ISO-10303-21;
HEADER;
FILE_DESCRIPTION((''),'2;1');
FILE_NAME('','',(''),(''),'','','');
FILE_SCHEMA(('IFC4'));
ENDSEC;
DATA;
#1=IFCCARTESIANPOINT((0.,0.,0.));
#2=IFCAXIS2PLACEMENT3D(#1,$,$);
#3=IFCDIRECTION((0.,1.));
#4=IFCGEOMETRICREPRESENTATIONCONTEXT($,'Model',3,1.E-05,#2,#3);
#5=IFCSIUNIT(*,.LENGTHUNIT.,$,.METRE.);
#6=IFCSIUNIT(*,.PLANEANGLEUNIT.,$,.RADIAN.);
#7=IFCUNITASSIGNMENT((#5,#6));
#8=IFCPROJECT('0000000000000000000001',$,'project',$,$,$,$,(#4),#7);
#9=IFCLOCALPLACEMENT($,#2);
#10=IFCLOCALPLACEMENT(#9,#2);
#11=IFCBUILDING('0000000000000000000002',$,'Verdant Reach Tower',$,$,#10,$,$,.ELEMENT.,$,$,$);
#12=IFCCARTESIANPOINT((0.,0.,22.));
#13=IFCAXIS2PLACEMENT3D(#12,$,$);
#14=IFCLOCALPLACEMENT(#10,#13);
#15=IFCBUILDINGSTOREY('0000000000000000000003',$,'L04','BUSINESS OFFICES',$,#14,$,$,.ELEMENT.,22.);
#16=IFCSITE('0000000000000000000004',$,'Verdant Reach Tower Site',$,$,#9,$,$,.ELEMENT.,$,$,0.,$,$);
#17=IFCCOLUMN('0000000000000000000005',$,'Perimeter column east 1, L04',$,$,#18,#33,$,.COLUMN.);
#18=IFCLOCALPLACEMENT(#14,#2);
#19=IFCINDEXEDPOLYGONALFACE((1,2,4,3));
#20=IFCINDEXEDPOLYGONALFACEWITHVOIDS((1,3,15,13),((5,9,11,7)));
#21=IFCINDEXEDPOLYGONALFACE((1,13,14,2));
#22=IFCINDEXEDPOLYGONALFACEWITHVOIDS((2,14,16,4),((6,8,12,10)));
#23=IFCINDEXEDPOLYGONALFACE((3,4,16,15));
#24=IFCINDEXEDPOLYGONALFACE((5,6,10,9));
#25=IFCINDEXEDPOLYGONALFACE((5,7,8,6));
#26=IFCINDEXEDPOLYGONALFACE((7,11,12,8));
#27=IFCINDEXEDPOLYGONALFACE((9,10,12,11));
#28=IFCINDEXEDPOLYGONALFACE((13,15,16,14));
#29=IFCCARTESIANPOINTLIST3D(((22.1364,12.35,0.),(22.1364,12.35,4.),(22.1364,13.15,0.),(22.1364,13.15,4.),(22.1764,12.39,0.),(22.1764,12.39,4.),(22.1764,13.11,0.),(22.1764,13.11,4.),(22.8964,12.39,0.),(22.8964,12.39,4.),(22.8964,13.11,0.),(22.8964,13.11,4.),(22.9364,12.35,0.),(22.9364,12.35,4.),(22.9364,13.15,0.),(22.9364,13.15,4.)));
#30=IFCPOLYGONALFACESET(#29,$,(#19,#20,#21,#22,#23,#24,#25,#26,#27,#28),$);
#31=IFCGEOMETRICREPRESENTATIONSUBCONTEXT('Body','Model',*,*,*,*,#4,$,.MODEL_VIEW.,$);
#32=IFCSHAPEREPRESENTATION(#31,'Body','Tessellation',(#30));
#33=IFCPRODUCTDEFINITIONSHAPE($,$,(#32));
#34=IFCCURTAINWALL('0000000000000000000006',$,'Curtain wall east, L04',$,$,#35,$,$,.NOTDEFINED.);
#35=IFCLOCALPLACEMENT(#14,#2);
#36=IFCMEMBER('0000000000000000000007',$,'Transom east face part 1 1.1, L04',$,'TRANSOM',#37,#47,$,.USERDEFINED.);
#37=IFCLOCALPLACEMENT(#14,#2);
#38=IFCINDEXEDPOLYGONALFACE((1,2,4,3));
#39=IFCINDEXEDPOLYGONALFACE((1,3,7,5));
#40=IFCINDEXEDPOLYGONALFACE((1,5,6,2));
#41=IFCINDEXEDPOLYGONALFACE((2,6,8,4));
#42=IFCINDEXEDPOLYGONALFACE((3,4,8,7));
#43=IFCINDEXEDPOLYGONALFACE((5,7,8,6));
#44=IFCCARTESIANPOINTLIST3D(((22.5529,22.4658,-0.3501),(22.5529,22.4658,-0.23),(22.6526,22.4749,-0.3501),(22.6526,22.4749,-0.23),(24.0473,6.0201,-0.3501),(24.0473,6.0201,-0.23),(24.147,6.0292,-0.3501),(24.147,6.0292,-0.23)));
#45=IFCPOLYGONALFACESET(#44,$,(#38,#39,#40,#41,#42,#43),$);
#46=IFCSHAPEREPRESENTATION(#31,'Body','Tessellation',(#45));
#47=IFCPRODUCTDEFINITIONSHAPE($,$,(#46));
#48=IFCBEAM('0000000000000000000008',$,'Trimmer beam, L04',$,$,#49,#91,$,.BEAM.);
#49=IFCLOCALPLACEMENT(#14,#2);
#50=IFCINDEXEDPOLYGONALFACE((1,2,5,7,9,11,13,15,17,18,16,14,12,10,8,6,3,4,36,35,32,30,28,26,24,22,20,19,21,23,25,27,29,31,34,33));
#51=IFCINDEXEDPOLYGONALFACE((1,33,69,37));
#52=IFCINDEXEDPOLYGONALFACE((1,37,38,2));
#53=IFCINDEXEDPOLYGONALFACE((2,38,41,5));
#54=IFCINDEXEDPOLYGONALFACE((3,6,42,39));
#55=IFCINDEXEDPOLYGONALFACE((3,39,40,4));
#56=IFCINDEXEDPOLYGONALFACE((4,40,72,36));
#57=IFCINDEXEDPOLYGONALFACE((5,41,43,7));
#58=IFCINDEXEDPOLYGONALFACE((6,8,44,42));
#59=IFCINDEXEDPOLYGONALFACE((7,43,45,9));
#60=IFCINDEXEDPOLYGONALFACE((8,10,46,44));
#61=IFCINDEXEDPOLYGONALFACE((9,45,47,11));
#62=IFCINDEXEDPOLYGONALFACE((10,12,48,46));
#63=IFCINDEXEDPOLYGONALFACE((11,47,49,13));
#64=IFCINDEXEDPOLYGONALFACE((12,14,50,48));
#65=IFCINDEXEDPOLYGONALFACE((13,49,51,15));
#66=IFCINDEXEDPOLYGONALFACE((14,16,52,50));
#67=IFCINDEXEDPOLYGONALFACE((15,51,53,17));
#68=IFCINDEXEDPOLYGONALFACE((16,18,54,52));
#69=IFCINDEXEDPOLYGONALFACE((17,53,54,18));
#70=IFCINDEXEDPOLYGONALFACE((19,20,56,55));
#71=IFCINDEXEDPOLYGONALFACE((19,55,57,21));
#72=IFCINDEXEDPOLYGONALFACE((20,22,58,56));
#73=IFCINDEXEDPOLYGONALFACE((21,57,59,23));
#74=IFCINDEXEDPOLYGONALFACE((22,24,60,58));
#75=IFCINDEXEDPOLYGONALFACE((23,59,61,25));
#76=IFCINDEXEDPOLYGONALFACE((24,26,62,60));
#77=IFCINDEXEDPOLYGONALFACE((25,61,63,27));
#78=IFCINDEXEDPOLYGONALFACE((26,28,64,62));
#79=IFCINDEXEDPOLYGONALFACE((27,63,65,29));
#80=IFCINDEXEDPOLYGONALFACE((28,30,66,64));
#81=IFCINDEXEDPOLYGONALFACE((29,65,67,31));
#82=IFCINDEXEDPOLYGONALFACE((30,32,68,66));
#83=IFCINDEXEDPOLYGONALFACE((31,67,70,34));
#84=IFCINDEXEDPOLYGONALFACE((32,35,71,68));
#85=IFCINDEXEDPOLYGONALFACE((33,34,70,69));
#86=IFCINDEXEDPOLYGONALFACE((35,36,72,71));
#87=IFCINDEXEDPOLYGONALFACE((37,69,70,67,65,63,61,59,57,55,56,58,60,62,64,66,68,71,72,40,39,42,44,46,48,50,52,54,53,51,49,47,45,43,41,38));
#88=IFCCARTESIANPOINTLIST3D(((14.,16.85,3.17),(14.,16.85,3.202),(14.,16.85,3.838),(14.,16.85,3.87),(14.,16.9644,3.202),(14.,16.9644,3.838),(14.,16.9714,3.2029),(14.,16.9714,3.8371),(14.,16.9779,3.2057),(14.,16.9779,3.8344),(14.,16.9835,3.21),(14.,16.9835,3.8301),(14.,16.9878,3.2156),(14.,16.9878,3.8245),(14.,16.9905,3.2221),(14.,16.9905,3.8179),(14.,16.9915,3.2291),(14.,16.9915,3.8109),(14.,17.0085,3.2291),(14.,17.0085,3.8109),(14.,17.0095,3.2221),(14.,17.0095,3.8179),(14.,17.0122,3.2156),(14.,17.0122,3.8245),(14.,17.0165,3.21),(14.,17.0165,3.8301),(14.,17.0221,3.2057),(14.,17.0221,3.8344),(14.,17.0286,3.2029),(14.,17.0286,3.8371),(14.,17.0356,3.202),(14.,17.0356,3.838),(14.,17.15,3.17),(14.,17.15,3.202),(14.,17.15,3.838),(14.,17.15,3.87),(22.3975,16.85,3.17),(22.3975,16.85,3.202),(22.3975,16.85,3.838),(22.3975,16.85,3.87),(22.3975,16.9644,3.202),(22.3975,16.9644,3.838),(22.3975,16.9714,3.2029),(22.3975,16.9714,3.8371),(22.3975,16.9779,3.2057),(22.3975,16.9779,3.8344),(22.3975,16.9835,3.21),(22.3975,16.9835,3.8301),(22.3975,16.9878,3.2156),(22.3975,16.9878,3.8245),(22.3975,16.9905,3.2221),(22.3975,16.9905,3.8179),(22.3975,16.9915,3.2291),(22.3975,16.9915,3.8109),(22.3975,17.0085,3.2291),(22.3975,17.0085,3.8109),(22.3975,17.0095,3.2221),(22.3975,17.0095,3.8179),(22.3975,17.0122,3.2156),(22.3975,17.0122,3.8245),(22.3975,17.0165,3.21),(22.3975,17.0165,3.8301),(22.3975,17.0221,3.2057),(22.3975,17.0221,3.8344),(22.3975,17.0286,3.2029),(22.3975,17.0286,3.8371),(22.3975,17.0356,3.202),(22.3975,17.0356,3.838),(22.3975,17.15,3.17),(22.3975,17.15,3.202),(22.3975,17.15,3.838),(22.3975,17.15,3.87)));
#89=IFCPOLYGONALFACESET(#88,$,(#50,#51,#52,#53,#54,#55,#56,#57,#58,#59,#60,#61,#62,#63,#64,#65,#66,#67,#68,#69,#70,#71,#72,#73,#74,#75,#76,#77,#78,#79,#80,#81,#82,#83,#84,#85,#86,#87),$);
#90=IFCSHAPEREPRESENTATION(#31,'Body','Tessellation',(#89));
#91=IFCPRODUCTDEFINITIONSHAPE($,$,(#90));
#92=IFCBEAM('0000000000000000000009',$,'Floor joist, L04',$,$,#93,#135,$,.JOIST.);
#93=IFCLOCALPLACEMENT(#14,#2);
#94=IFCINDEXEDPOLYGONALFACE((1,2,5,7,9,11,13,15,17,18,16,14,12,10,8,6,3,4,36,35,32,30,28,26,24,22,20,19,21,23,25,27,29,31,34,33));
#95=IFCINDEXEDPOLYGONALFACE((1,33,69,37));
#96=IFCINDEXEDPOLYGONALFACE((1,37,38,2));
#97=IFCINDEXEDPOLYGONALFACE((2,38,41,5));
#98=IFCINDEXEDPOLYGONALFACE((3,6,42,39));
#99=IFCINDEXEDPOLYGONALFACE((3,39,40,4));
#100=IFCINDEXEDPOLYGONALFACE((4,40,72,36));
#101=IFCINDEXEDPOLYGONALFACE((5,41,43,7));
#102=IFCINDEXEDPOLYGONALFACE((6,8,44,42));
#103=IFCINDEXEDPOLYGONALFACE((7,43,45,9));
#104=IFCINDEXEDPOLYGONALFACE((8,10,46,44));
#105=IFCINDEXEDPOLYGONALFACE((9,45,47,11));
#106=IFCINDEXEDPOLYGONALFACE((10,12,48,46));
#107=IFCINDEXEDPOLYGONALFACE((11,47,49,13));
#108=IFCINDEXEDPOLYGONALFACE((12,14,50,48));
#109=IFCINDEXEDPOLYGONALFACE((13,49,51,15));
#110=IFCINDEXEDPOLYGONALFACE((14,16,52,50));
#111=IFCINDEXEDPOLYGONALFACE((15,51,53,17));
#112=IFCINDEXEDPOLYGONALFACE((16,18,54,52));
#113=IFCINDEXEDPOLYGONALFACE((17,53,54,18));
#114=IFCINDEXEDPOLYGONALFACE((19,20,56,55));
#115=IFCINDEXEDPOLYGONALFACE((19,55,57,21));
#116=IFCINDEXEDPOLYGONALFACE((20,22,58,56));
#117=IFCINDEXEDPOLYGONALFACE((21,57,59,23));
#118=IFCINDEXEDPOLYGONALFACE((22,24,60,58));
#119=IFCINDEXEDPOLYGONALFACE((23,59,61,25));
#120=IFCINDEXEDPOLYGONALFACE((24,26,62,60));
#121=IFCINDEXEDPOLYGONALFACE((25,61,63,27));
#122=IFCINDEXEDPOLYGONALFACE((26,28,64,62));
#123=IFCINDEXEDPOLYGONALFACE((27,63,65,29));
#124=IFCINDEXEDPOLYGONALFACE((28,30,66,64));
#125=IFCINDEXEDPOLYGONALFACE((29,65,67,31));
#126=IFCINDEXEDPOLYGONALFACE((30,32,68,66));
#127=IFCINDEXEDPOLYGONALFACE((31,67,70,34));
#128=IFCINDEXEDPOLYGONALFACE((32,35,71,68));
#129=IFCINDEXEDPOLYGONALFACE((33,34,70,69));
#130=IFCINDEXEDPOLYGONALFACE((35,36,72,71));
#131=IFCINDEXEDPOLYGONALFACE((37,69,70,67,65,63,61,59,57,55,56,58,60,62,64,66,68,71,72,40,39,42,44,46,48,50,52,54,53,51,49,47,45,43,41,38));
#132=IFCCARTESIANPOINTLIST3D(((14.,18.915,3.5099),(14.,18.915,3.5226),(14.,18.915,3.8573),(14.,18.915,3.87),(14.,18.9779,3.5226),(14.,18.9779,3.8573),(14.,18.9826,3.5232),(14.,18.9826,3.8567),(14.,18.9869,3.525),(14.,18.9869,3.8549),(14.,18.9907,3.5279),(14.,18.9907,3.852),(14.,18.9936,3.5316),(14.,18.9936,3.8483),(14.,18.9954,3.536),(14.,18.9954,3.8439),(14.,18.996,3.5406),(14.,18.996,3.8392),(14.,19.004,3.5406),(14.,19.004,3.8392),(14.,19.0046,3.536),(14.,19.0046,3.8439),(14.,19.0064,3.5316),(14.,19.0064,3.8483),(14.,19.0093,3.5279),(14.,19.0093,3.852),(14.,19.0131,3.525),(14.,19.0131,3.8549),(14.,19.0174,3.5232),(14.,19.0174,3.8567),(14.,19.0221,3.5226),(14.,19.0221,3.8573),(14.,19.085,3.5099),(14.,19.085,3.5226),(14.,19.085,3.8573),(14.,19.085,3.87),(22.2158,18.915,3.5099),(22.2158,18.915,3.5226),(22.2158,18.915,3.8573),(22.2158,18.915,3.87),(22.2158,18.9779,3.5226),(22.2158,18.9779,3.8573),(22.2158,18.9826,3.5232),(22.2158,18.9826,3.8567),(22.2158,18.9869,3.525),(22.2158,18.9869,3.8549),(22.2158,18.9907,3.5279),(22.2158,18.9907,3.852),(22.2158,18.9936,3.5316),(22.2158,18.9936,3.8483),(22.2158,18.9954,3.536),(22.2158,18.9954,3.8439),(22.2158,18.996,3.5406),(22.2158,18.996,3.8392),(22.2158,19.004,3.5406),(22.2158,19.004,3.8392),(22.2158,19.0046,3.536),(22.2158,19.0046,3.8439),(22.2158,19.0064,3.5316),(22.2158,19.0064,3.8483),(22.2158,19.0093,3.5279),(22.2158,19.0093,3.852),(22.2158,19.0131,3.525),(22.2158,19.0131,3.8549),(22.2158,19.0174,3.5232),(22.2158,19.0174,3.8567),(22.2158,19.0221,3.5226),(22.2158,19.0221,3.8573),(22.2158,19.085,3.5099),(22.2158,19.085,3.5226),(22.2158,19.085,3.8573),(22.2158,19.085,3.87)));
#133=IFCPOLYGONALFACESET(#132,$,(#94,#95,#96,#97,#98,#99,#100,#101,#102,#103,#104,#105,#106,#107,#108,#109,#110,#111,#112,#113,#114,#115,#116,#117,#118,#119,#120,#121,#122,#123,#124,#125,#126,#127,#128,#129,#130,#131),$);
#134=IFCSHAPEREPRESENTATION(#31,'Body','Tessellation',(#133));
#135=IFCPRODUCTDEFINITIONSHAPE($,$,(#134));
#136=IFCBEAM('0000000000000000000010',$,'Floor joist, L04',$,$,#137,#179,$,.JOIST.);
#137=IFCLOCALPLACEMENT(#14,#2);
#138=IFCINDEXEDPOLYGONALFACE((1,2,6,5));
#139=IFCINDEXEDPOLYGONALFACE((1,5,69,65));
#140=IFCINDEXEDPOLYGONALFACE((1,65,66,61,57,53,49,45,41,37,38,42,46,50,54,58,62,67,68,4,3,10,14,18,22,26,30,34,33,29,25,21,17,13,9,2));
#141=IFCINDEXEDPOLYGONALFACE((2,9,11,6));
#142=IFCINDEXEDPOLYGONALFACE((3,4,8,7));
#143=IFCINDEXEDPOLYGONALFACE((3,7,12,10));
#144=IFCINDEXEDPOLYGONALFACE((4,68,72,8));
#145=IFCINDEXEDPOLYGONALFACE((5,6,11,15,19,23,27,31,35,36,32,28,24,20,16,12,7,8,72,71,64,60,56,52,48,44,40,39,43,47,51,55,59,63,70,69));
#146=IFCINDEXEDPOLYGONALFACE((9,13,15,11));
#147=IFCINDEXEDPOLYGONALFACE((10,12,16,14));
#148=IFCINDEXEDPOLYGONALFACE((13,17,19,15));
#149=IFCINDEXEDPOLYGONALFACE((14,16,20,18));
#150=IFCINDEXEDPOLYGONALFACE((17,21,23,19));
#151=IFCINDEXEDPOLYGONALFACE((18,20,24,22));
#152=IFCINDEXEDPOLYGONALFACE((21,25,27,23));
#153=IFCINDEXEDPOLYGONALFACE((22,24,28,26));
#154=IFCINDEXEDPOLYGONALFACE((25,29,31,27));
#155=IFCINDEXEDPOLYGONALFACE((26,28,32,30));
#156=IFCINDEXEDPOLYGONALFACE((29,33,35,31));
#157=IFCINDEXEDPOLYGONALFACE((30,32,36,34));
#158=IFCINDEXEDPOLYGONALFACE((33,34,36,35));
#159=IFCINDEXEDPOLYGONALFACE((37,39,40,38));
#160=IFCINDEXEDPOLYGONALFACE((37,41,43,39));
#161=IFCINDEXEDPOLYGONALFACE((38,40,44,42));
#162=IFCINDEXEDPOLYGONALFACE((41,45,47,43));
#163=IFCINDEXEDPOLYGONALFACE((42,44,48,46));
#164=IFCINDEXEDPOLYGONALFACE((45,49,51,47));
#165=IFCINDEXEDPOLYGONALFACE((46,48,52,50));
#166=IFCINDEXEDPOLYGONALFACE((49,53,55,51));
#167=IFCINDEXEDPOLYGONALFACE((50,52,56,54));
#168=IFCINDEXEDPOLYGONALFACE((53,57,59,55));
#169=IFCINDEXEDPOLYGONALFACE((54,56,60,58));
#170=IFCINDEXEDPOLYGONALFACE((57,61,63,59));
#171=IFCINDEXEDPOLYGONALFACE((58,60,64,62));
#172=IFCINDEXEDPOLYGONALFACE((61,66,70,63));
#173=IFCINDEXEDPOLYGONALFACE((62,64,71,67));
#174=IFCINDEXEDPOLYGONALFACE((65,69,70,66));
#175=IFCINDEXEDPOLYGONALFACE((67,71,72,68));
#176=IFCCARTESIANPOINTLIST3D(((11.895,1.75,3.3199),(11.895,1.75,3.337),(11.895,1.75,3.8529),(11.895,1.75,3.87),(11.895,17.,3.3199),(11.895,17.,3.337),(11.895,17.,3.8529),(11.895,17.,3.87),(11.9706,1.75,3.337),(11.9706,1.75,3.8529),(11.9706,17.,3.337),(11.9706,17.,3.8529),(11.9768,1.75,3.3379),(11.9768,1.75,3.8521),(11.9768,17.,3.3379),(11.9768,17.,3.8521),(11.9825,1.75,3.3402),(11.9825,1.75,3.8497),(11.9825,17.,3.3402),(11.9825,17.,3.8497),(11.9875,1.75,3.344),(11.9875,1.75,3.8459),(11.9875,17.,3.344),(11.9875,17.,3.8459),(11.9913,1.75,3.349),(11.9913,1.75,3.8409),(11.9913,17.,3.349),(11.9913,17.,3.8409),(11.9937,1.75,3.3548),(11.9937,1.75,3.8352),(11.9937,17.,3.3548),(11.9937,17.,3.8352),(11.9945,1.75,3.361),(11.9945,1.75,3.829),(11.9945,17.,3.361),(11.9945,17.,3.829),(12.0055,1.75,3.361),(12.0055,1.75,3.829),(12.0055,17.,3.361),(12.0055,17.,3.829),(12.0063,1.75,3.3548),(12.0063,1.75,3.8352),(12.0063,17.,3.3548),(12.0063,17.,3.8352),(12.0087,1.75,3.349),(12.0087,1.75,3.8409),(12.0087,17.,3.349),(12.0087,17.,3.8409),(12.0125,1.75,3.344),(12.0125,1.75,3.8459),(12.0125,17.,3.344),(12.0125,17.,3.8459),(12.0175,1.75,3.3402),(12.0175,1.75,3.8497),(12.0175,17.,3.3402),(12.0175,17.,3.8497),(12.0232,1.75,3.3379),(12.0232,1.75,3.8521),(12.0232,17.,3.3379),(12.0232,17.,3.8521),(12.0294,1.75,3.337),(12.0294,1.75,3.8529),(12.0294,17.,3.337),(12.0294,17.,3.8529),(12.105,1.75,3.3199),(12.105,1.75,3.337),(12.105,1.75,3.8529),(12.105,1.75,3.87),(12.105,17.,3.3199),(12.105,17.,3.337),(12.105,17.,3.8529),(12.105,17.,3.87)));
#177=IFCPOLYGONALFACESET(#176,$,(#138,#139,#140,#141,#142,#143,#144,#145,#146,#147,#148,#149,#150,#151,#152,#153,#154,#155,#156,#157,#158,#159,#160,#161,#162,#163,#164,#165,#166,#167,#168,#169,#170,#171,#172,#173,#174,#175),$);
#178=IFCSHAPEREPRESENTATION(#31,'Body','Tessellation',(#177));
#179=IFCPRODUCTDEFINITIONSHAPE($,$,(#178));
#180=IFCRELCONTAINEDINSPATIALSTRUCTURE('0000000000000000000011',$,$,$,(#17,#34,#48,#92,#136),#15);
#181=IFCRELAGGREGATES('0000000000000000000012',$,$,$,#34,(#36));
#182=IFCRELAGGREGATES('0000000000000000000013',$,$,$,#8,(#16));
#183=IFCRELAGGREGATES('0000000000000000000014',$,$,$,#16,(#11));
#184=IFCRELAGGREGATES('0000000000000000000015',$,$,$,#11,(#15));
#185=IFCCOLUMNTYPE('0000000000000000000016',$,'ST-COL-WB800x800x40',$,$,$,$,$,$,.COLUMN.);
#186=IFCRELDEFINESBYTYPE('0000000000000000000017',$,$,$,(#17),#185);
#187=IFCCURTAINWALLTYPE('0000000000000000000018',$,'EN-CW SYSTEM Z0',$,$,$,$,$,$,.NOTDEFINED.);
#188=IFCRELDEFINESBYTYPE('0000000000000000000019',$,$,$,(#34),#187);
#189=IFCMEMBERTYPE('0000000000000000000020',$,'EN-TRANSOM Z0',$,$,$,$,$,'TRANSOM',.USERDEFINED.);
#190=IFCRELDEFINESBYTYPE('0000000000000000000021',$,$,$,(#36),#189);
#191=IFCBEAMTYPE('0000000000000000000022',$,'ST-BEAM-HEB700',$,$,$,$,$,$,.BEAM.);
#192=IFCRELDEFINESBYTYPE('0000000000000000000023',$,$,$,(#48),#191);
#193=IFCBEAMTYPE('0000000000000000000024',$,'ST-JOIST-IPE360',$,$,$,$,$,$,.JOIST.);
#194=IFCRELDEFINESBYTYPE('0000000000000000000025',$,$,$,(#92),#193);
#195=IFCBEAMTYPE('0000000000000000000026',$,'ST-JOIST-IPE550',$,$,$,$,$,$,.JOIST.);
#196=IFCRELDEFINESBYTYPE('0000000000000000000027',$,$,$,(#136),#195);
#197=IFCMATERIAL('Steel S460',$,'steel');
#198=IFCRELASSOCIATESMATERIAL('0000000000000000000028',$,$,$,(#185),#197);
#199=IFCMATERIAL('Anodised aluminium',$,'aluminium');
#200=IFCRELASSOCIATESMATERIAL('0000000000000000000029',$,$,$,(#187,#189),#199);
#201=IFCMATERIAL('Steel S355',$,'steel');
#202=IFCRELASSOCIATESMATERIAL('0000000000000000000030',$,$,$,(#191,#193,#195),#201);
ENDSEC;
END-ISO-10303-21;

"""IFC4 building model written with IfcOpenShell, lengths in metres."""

from ifc_helpers import new_model, si_unit, direction, frame, origin, origin_2d, place, context, subcontext, project, spatial, rectangle, hollow_rectangle, i_section, extrude, material, material_profile, profile_set, type_object, element, aggregate, save


model = new_model("IFC4")

# Units and contexts
model_context = context("Model", 3, precision=1e-05, world=origin(), true_north=direction((0.0, 1.0)))
body_context = subcontext(model_context, "Body", "Model", "MODEL_VIEW")
ifc_project = project(units=[si_unit("LENGTHUNIT", "METRE"), si_unit("PLANEANGLEUNIT", "RADIAN")], contexts=[model_context])

# Site, building, storey
site_placement = place(None, origin())
site = spatial("IfcSite", under=ifc_project, at=site_placement, Name="Verdant Reach Tower Site", CompositionType="ELEMENT", RefElevation=0.0)
building_placement = place(site_placement, origin())
building = spatial("IfcBuilding", under=site, at=building_placement, Name="Verdant Reach Tower", CompositionType="ELEMENT")
storey_placement = place(building_placement, frame((0.0, 0.0, 22.0)))
storey = spatial("IfcBuildingStorey", under=building, at=storey_placement, Name="L04", Description="BUSINESS OFFICES", CompositionType="ELEMENT", Elevation=22.0)

# Column
ifc_material_1 = material(Name="Steel S460", Category="steel")
ifc_material_profile_1 = material_profile(ifc_material_1, hollow_rectangle(XDim=0.8, YDim=0.8, WallThickness=0.04, at=origin_2d()), Name="WB 800x800x40")
ifc_profile_set_1 = profile_set([ifc_material_profile_1], Name="Steel S460")
column_type = type_object("IfcColumnType", Name="ST-COL-WB800x800x40", PredefinedType="COLUMN", material=ifc_profile_set_1)
column_placement = place(storey_placement, frame((22.5364, 12.75, 0.0), z_axis=(0.0, 0.0, 1.0), x_axis=(1.0, 0.0, 0.0)))
element("IfcColumn", 1, at=column_placement, inside=storey, type_object=column_type, Name="Perimeter column east 1, L04", PredefinedType="COLUMN", context=body_context, shape_type="SweptSolid", body=[
    extrude(hollow_rectangle(XDim=0.8, YDim=0.8, WallThickness=0.04, at=origin_2d()), origin(), (0.0, 0.0, 1.0), 4.0),
])

# Curtain wall, member
ifc_material_2 = material(Name="Anodised aluminium", Category="aluminium")
curtain_wall_type = type_object("IfcCurtainWallType", Name="EN-CW SYSTEM Z0", PredefinedType="NOTDEFINED", material=ifc_material_2)
curtain_wall_placement = place(storey_placement, origin())
curtain_wall = element("IfcCurtainWall", 2, at=curtain_wall_placement, inside=storey, type_object=curtain_wall_type, Name="Curtain wall east, L04", PredefinedType="NOTDEFINED")
ifc_material_profile_2 = material_profile(ifc_material_2, rectangle(XDim=0.1001, YDim=0.1201, at=origin_2d()), Name="Transom 120x100")
ifc_profile_set_2 = profile_set([ifc_material_profile_2], Name="Anodised aluminium")
member_type = type_object("IfcMemberType", Name="EN-TRANSOM Z0", ElementType="TRANSOM", PredefinedType="USERDEFINED", material=ifc_profile_set_2)
member_placement = place(storey_placement, frame((24.0972, 6.0247, -0.29), z_axis=(-0.090496, 0.995897, 0.0), x_axis=(-0.995897, -0.090496, 0.0)))
member = element("IfcMember", 3, at=member_placement, type_object=member_type, Name="Transom east face part 1 1.1, L04", ObjectType="TRANSOM", PredefinedType="USERDEFINED", context=body_context, shape_type="SweptSolid", body=[
    extrude(rectangle(XDim=0.1001, YDim=0.1201, at=origin_2d()), origin(), (0.0, 0.0, 1.0), 16.5134),
])

# Beams
ifc_material_3 = material(Name="Steel S355", Category="steel")
ifc_material_profile_3 = material_profile(ifc_material_3, i_section(OverallWidth=0.3, OverallDepth=0.7, WebThickness=0.0171, FlangeThickness=0.032, FilletRadius=0.0271, at=origin_2d()), Name="HEB 700")
ifc_profile_set_3 = profile_set([ifc_material_profile_3], Name="Steel S355")
beam_type_1 = type_object("IfcBeamType", Name="ST-BEAM-HEB700", PredefinedType="BEAM", material=ifc_profile_set_3)
beam_1_placement = place(storey_placement, frame((14.0, 17.0, 3.52), z_axis=(1.0, 0.0, 0.0), x_axis=(0.0, 1.0, 0.0)))
element("IfcBeam", 4, at=beam_1_placement, inside=storey, type_object=beam_type_1, Name="Trimmer beam, L04", PredefinedType="BEAM", context=body_context, shape_type="SweptSolid", body=[
    extrude(i_section(OverallWidth=0.3, OverallDepth=0.7, WebThickness=0.0171, FlangeThickness=0.032, FilletRadius=0.0271, at=origin_2d()), origin(), (0.0, 0.0, 1.0), 8.3975),
])
ifc_material_profile_4 = material_profile(ifc_material_3, i_section(OverallWidth=0.1699, OverallDepth=0.3601, WebThickness=0.0081, FlangeThickness=0.0127, FilletRadius=0.0181, at=origin_2d()), Name="IPE 360")
ifc_profile_set_4 = profile_set([ifc_material_profile_4], Name="Steel S355")
beam_type_2 = type_object("IfcBeamType", Name="ST-JOIST-IPE360", PredefinedType="JOIST", material=ifc_profile_set_4)
beam_2_placement = place(storey_placement, frame((14.0, 19.0, 3.6899), z_axis=(1.0, 0.0, 0.0), x_axis=(0.0, 1.0, 0.0)))
element("IfcBeam", 5, at=beam_2_placement, inside=storey, type_object=beam_type_2, Name="Floor joist, L04", PredefinedType="JOIST", context=body_context, shape_type="SweptSolid", body=[
    extrude(i_section(OverallWidth=0.1699, OverallDepth=0.3601, WebThickness=0.0081, FlangeThickness=0.0127, FilletRadius=0.0181, at=origin_2d()), origin(), (0.0, 0.0, 1.0), 8.2158),
])
ifc_material_profile_5 = material_profile(ifc_material_3, i_section(OverallWidth=0.21, OverallDepth=0.55, WebThickness=0.011, FlangeThickness=0.0171, FilletRadius=0.0239, at=origin_2d()), Name="IPE 550")
ifc_profile_set_5 = profile_set([ifc_material_profile_5], Name="Steel S355")
beam_type_3 = type_object("IfcBeamType", Name="ST-JOIST-IPE550", PredefinedType="JOIST", material=ifc_profile_set_5)
beam_3_placement = place(storey_placement, frame((12.0, 17.0, 3.595), z_axis=(0.0, -1.0, 0.0), x_axis=(1.0, 0.0, 0.0)))
element("IfcBeam", 6, at=beam_3_placement, inside=storey, type_object=beam_type_3, Name="Floor joist, L04", PredefinedType="JOIST", context=body_context, shape_type="SweptSolid", body=[
    extrude(i_section(OverallWidth=0.21, OverallDepth=0.55, WebThickness=0.011, FlangeThickness=0.0171, FilletRadius=0.0239, at=origin_2d()), origin(), (0.0, 0.0, 1.0), 15.25),
])

aggregate(curtain_wall, [member])

save(model, "model.ifc")
